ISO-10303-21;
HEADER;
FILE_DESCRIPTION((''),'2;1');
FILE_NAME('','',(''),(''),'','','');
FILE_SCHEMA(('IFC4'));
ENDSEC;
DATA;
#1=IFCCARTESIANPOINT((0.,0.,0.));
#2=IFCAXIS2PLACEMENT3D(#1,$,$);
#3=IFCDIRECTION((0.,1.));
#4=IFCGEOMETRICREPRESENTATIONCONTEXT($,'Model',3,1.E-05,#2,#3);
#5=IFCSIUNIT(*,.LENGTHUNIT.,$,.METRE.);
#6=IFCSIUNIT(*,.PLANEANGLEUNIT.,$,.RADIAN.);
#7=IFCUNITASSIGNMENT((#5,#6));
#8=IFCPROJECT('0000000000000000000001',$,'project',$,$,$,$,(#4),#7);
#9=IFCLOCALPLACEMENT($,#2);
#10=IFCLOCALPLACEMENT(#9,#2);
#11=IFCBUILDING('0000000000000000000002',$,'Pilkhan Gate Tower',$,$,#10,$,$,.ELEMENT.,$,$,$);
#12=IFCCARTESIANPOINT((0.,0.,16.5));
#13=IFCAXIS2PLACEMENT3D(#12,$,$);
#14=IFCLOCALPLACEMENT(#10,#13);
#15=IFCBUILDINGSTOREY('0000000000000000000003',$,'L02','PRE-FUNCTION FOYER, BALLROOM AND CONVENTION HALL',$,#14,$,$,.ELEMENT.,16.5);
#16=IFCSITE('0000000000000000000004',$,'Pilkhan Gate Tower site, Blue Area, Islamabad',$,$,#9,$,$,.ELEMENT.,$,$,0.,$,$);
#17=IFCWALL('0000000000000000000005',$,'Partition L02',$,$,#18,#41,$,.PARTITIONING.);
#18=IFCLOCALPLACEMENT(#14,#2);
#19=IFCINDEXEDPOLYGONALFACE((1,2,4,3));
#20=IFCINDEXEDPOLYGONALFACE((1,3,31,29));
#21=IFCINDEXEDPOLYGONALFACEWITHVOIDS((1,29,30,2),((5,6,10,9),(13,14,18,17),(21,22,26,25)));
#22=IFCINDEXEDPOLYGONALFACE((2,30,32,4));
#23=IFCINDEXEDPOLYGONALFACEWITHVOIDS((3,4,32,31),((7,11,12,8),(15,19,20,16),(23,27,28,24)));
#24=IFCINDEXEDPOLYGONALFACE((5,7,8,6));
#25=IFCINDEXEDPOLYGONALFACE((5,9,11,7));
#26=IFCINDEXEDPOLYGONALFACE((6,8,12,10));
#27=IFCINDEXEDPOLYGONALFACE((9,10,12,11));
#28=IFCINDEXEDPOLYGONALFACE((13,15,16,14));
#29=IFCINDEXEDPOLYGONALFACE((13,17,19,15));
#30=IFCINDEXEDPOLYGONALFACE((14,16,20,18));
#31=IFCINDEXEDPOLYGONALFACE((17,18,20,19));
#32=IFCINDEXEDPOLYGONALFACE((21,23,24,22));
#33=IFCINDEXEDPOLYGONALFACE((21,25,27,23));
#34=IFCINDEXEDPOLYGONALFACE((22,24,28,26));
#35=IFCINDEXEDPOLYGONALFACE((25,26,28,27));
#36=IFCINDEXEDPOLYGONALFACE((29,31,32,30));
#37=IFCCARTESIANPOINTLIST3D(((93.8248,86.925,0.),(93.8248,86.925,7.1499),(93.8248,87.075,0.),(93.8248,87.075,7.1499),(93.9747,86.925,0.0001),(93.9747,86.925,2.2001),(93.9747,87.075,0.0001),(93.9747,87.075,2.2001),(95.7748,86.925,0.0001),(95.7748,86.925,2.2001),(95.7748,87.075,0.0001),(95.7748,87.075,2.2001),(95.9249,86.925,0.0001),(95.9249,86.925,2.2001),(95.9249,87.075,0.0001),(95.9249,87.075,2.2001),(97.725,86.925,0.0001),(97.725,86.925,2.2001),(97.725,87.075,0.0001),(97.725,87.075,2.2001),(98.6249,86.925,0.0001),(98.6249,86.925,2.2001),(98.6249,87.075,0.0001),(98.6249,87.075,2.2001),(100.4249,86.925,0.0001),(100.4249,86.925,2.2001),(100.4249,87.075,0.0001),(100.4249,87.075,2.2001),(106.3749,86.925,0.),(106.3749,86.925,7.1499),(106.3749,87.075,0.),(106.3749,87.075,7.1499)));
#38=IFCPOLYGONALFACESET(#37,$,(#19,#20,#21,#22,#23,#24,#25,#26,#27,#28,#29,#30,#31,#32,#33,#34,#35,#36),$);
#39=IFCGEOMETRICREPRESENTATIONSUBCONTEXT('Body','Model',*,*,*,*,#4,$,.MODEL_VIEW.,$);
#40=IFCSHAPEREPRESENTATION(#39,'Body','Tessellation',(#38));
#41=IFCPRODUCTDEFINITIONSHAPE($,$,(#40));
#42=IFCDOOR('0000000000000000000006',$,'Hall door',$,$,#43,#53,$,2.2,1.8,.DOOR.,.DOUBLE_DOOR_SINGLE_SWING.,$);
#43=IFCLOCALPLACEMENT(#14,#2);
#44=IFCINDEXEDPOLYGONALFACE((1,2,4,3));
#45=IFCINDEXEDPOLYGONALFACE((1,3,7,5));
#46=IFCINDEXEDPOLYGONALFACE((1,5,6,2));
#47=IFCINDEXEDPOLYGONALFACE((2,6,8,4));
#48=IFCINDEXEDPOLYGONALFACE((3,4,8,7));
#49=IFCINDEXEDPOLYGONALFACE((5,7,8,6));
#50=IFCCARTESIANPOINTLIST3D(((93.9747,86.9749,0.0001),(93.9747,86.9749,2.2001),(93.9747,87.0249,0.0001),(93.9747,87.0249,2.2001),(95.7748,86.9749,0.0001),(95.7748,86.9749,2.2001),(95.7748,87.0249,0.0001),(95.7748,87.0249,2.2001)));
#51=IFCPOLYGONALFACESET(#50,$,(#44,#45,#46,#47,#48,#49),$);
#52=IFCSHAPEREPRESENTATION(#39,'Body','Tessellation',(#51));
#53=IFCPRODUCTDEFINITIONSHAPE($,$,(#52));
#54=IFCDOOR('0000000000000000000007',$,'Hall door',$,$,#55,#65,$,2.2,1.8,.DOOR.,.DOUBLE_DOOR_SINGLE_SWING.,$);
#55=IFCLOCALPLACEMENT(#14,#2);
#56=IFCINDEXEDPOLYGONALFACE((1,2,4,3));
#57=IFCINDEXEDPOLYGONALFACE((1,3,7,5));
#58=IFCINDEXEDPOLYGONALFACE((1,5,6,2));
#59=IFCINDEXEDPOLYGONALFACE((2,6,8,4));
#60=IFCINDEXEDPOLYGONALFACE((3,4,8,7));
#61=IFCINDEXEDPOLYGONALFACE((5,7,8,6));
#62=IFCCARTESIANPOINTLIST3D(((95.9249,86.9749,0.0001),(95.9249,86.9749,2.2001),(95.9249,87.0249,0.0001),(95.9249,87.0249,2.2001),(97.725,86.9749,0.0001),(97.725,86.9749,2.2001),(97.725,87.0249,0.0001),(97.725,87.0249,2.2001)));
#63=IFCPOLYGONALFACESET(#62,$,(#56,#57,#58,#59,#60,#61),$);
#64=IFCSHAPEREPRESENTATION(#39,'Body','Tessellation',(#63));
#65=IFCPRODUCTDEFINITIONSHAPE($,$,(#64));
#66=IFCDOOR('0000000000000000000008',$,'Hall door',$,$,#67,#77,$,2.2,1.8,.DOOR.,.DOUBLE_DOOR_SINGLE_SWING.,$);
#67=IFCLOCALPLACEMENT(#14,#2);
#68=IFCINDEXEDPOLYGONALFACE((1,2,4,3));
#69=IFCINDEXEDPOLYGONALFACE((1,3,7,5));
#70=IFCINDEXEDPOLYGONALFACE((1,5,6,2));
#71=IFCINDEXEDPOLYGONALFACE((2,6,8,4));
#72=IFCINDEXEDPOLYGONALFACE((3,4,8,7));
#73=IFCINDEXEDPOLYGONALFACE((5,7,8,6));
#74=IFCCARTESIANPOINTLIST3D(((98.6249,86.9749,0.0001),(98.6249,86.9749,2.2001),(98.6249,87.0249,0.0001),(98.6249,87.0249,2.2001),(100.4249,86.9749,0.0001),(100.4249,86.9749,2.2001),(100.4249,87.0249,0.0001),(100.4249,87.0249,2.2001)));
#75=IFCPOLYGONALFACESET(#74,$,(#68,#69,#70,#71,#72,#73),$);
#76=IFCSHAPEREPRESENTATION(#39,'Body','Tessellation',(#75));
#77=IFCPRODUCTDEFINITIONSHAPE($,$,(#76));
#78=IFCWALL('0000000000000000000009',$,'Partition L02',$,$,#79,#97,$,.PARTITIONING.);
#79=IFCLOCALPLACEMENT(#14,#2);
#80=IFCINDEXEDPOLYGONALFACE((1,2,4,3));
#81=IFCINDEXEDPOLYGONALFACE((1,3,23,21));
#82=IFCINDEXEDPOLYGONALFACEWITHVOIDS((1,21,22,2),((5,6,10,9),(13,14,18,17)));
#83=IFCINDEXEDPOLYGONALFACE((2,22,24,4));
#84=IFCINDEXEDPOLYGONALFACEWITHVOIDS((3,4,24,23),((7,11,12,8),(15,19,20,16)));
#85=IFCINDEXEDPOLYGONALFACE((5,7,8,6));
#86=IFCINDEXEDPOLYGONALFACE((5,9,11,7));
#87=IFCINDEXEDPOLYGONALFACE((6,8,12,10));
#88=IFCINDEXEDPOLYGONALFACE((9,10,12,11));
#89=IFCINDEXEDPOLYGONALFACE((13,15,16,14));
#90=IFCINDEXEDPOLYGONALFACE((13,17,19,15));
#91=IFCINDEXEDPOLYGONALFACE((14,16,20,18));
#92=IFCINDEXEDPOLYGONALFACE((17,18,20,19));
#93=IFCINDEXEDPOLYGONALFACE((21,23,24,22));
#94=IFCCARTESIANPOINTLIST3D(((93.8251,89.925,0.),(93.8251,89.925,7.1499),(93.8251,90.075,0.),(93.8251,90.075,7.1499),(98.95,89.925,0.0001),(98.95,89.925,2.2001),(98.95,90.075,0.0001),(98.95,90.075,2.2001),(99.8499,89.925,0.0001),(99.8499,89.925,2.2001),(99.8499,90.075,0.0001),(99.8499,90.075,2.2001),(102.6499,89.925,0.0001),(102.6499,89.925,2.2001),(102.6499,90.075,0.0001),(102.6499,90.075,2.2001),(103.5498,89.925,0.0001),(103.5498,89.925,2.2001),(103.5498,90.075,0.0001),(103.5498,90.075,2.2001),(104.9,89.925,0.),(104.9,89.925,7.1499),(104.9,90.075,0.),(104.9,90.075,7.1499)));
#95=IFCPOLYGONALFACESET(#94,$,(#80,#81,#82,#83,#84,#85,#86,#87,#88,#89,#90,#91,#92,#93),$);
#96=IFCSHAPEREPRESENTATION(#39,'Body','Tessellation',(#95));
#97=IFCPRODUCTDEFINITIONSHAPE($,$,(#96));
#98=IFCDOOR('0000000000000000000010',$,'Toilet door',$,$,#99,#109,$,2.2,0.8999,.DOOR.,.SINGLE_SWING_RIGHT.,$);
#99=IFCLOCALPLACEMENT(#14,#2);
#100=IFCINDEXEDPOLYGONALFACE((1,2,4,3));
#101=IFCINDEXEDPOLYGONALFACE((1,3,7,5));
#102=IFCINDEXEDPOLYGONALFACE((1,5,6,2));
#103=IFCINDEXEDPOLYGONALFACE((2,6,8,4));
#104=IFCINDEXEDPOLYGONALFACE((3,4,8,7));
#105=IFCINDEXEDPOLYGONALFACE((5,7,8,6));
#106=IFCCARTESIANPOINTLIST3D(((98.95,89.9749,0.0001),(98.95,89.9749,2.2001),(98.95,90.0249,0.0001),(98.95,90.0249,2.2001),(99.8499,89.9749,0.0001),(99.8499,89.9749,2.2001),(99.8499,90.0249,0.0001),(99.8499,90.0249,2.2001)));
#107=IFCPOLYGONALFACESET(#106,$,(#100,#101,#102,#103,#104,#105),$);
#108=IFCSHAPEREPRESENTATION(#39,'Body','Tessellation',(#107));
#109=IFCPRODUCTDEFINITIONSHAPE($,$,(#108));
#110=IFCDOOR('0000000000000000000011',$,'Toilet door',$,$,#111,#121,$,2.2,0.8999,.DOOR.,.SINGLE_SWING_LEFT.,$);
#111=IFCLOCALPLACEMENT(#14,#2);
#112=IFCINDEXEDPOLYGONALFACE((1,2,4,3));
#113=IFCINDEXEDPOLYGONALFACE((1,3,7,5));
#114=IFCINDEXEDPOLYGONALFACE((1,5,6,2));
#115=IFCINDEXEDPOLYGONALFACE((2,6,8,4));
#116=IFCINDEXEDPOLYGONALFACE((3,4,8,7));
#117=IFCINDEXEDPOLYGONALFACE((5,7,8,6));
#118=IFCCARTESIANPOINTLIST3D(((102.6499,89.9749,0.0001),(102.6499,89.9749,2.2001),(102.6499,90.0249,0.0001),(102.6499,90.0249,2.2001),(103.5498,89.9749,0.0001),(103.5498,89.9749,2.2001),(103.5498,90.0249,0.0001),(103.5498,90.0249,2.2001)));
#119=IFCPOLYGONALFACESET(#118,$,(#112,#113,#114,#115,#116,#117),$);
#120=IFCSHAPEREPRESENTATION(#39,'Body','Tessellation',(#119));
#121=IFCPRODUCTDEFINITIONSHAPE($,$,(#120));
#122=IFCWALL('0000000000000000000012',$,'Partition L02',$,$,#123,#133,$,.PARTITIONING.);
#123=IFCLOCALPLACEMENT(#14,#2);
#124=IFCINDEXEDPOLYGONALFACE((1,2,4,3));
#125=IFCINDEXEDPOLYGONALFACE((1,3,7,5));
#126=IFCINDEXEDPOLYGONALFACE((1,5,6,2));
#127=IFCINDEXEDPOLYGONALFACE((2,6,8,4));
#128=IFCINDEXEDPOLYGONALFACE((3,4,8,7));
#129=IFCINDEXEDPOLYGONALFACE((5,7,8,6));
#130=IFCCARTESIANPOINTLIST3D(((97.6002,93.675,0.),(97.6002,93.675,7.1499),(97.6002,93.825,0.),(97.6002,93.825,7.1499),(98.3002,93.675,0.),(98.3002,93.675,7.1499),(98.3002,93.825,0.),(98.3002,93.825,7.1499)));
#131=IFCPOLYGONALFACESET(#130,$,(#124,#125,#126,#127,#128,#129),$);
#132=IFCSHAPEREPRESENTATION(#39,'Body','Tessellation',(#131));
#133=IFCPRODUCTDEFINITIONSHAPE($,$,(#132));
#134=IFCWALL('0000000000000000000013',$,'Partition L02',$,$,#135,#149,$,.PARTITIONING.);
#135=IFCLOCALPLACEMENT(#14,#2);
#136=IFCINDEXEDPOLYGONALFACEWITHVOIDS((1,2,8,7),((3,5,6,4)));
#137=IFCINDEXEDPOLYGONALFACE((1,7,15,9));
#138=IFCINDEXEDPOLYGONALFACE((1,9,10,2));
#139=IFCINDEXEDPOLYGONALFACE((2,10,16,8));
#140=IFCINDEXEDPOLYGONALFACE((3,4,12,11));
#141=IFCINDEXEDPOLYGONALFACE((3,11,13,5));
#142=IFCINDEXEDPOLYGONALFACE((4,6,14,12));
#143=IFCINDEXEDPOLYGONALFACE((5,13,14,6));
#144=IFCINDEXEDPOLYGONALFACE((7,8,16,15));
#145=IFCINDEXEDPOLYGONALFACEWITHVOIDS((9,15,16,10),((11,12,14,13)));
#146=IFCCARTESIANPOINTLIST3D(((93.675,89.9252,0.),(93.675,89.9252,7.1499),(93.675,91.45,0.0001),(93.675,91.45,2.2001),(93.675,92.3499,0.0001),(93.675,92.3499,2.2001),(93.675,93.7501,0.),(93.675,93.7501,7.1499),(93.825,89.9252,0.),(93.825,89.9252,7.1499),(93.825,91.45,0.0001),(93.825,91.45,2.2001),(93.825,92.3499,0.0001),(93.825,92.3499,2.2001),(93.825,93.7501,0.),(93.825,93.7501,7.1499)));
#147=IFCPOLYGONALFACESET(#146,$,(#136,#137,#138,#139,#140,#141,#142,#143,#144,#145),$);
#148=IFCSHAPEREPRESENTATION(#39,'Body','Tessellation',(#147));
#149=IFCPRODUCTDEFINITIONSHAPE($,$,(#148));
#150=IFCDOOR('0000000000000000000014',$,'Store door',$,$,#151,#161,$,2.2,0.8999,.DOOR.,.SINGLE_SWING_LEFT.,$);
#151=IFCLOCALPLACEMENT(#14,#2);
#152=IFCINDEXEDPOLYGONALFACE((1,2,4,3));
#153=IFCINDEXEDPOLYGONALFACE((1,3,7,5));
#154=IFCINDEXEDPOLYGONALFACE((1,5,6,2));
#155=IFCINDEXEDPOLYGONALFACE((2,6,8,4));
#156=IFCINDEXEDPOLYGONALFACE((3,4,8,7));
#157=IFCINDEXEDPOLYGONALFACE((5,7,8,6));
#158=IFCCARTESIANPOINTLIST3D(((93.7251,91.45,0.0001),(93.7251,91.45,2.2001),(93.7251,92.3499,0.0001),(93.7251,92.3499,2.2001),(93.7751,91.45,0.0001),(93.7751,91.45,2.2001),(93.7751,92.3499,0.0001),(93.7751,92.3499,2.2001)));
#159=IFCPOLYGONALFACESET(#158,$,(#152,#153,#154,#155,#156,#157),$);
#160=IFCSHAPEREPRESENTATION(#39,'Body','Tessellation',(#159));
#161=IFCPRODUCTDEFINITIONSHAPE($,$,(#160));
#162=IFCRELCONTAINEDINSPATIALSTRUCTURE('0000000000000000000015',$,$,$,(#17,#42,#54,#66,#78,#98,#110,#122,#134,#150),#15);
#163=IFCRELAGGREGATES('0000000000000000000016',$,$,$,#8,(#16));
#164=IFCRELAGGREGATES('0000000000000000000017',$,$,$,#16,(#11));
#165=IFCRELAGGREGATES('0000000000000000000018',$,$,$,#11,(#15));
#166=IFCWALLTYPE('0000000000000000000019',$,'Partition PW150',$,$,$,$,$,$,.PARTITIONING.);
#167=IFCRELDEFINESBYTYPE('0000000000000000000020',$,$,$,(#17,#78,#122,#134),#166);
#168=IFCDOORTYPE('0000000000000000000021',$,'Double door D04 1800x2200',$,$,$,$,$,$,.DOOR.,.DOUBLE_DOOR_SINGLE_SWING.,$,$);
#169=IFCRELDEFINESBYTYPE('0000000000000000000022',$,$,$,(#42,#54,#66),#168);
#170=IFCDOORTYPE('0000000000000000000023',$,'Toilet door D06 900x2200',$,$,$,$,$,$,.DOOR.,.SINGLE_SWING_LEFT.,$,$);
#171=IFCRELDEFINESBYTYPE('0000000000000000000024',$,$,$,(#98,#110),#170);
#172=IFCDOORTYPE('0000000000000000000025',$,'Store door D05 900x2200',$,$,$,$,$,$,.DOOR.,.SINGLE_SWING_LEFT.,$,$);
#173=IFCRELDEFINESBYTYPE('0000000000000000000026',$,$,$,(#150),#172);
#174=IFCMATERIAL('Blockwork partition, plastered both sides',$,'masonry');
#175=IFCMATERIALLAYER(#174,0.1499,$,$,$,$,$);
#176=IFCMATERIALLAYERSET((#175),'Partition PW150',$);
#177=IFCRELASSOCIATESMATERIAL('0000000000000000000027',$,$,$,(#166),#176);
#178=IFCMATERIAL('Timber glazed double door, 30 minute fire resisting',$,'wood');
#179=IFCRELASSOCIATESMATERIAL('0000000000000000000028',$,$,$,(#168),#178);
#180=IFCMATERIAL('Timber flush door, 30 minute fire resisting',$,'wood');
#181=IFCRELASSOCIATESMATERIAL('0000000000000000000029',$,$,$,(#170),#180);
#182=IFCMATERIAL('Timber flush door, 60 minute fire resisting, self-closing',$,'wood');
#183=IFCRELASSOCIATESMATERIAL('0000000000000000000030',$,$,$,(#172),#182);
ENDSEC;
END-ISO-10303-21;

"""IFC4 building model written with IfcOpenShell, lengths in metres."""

from ifc_helpers import new_model, si_unit, direction, frame, frame_2d, origin, place, context, subcontext, project, spatial, rectangle, extrude, material, layer, layer_set, type_object, element, fill, save


model = new_model("IFC4")

# Units and contexts
model_context = context("Model", 3, precision=1e-05, world=origin(), true_north=direction((0.0, 1.0)))
body_context = subcontext(model_context, "Body", "Model", "MODEL_VIEW")
ifc_project = project(units=[si_unit("LENGTHUNIT", "METRE"), si_unit("PLANEANGLEUNIT", "RADIAN")], contexts=[model_context])

# Site, building, storey
site_placement = place(None, origin())
site = spatial("IfcSite", under=ifc_project, at=site_placement, Name="Pilkhan Gate Tower site, Blue Area, Islamabad", CompositionType="ELEMENT", RefElevation=0.0)
building_placement = place(site_placement, origin())
building = spatial("IfcBuilding", under=site, at=building_placement, Name="Pilkhan Gate Tower", CompositionType="ELEMENT")
storey_placement = place(building_placement, frame((0.0, 0.0, 16.5)))
storey = spatial("IfcBuildingStorey", under=building, at=storey_placement, Name="L02", Description="PRE-FUNCTION FOYER, BALLROOM AND CONVENTION HALL", CompositionType="ELEMENT", Elevation=16.5)

# Shared definitions
ifc_material_1 = material(Name="Blockwork partition, plastered both sides", Category="masonry")
ifc_layer_1 = layer(ifc_material_1, 0.1499)
ifc_layer_set_1 = layer_set([ifc_layer_1], Name="Partition PW150")
wall_type_1 = type_object("IfcWallType", Name="Partition PW150", PredefinedType="PARTITIONING", material=ifc_layer_set_1)

# Walls, openings, doors
wall_1_placement = place(storey_placement, frame((93.825, 87.0, 0.0), z_axis=(0.0, 0.0, 1.0), x_axis=(1.0, 0.0, 0.0)))
wall_1 = element("IfcWall", 1, at=wall_1_placement, inside=storey, type_object=wall_type_1, Name="Partition L02", PredefinedType="PARTITIONING", context=body_context, shape_type="SweptSolid", body=[
    extrude(rectangle(XDim=12.55, YDim=0.1499, at=frame_2d((6.2749, 0.0))), origin(), (0.0, 0.0, 1.0), 7.1499),
])
opening_1_placement = place(wall_1_placement, frame((0.1499, 0.0, 0.0)))
opening_1 = element("IfcOpeningElement", 2, at=opening_1_placement, cuts=wall_1, PredefinedType="OPENING", context=body_context, shape_type="SweptSolid", body=[
    extrude(rectangle(XDim=1.8, YDim=2.2, at=frame_2d((0.8999, 1.1001))), frame((0.0, 0.085, 0.0), z_axis=(0.0, -1.0, 0.0), x_axis=(1.0, 0.0, 0.0)), (0.0, 0.0, 1.0), 0.1699),
])
opening_2_placement = place(wall_1_placement, frame((2.1001, 0.0, 0.0)))
opening_2 = element("IfcOpeningElement", 3, at=opening_2_placement, cuts=wall_1, PredefinedType="OPENING", context=body_context, shape_type="SweptSolid", body=[
    extrude(rectangle(XDim=1.8, YDim=2.2, at=frame_2d((0.8999, 1.1001))), frame((0.0, 0.085, 0.0), z_axis=(0.0, -1.0, 0.0), x_axis=(1.0, 0.0, 0.0)), (0.0, 0.0, 1.0), 0.1699),
])
opening_3_placement = place(wall_1_placement, frame((4.8, 0.0, 0.0)))
opening_3 = element("IfcOpeningElement", 4, at=opening_3_placement, cuts=wall_1, PredefinedType="OPENING", context=body_context, shape_type="SweptSolid", body=[
    extrude(rectangle(XDim=1.8, YDim=2.2, at=frame_2d((0.8999, 1.1001))), frame((0.0, 0.085, 0.0), z_axis=(0.0, -1.0, 0.0), x_axis=(1.0, 0.0, 0.0)), (0.0, 0.0, 1.0), 0.1699),
])
ifc_material_2 = material(Name="Timber glazed double door, 30 minute fire resisting", Category="wood")
door_type_1 = type_object("IfcDoorType", Name="Double door D04 1800x2200", OperationType="DOUBLE_DOOR_SINGLE_SWING", PredefinedType="DOOR", material=ifc_material_2)
door_1_placement = place(opening_1_placement, origin())
door_1 = element("IfcDoor", 5, at=door_1_placement, inside=storey, type_object=door_type_1, Name="Hall door", OperationType="DOUBLE_DOOR_SINGLE_SWING", OverallHeight=2.2, OverallWidth=1.8, PredefinedType="DOOR", context=body_context, shape_type="SweptSolid", body=[
    extrude(rectangle(XDim=1.8, YDim=2.2, at=frame_2d((0.8999, 1.1001))), frame((0.0, 0.0249, 0.0), z_axis=(0.0, -1.0, 0.0), x_axis=(1.0, 0.0, 0.0)), (0.0, 0.0, 1.0), 0.05),
])
fill(opening_1, door_1)
door_2_placement = place(opening_2_placement, origin())
door_2 = element("IfcDoor", 6, at=door_2_placement, inside=storey, type_object=door_type_1, Name="Hall door", OperationType="DOUBLE_DOOR_SINGLE_SWING", OverallHeight=2.2, OverallWidth=1.8, PredefinedType="DOOR", context=body_context, shape_type="SweptSolid", body=[
    extrude(rectangle(XDim=1.8, YDim=2.2, at=frame_2d((0.8999, 1.1001))), frame((0.0, 0.0249, 0.0), z_axis=(0.0, -1.0, 0.0), x_axis=(1.0, 0.0, 0.0)), (0.0, 0.0, 1.0), 0.05),
])
fill(opening_2, door_2)
door_3_placement = place(opening_3_placement, origin())
door_3 = element("IfcDoor", 7, at=door_3_placement, inside=storey, type_object=door_type_1, Name="Hall door", OperationType="DOUBLE_DOOR_SINGLE_SWING", OverallHeight=2.2, OverallWidth=1.8, PredefinedType="DOOR", context=body_context, shape_type="SweptSolid", body=[
    extrude(rectangle(XDim=1.8, YDim=2.2, at=frame_2d((0.8999, 1.1001))), frame((0.0, 0.0249, 0.0), z_axis=(0.0, -1.0, 0.0), x_axis=(1.0, 0.0, 0.0)), (0.0, 0.0, 1.0), 0.05),
])
fill(opening_3, door_3)
wall_2_placement = place(storey_placement, frame((93.825, 90.0, 0.0), z_axis=(0.0, 0.0, 1.0), x_axis=(1.0, 0.0, 0.0)))
wall_2 = element("IfcWall", 8, at=wall_2_placement, inside=storey, type_object=wall_type_1, Name="Partition L02", PredefinedType="PARTITIONING", context=body_context, shape_type="SweptSolid", body=[
    extrude(rectangle(XDim=11.075, YDim=0.1499, at=frame_2d((5.5376, 0.0))), origin(), (0.0, 0.0, 1.0), 7.1499),
])
opening_4_placement = place(wall_2_placement, frame((5.125, 0.0, 0.0)))
opening_4 = element("IfcOpeningElement", 9, at=opening_4_placement, cuts=wall_2, PredefinedType="OPENING", context=body_context, shape_type="SweptSolid", body=[
    extrude(rectangle(XDim=0.8999, YDim=2.2, at=frame_2d((0.45, 1.1001))), frame((0.0, 0.085, 0.0), z_axis=(0.0, -1.0, 0.0), x_axis=(1.0, 0.0, 0.0)), (0.0, 0.0, 1.0), 0.1699),
])
opening_5_placement = place(wall_2_placement, frame((8.825, 0.0, 0.0)))
opening_5 = element("IfcOpeningElement", 10, at=opening_5_placement, cuts=wall_2, PredefinedType="OPENING", context=body_context, shape_type="SweptSolid", body=[
    extrude(rectangle(XDim=0.8999, YDim=2.2, at=frame_2d((0.45, 1.1001))), frame((0.0, 0.085, 0.0), z_axis=(0.0, -1.0, 0.0), x_axis=(1.0, 0.0, 0.0)), (0.0, 0.0, 1.0), 0.1699),
])
ifc_material_3 = material(Name="Timber flush door, 30 minute fire resisting", Category="wood")
door_type_2 = type_object("IfcDoorType", Name="Toilet door D06 900x2200", OperationType="SINGLE_SWING_LEFT", PredefinedType="DOOR", material=ifc_material_3)
door_4_placement = place(opening_4_placement, origin())
door_4 = element("IfcDoor", 11, at=door_4_placement, inside=storey, type_object=door_type_2, Name="Toilet door", OperationType="SINGLE_SWING_RIGHT", OverallHeight=2.2, OverallWidth=0.8999, PredefinedType="DOOR", context=body_context, shape_type="SweptSolid", body=[
    extrude(rectangle(XDim=0.8999, YDim=2.2, at=frame_2d((0.45, 1.1001))), frame((0.0, 0.0249, 0.0), z_axis=(0.0, -1.0, 0.0), x_axis=(1.0, 0.0, 0.0)), (0.0, 0.0, 1.0), 0.05),
])
fill(opening_4, door_4)
door_5_placement = place(opening_5_placement, origin())
door_5 = element("IfcDoor", 12, at=door_5_placement, inside=storey, type_object=door_type_2, Name="Toilet door", OperationType="SINGLE_SWING_LEFT", OverallHeight=2.2, OverallWidth=0.8999, PredefinedType="DOOR", context=body_context, shape_type="SweptSolid", body=[
    extrude(rectangle(XDim=0.8999, YDim=2.2, at=frame_2d((0.45, 1.1001))), frame((0.0, 0.0249, 0.0), z_axis=(0.0, -1.0, 0.0), x_axis=(1.0, 0.0, 0.0)), (0.0, 0.0, 1.0), 0.05),
])
fill(opening_5, door_5)

# Wall
wall_3_placement = place(storey_placement, frame((97.6001, 93.75, 0.0), z_axis=(0.0, 0.0, 1.0), x_axis=(1.0, 0.0, 0.0)))
element("IfcWall", 13, at=wall_3_placement, inside=storey, type_object=wall_type_1, Name="Partition L02", PredefinedType="PARTITIONING", context=body_context, shape_type="SweptSolid", body=[
    extrude(rectangle(XDim=0.7, YDim=0.1499, at=frame_2d((0.3501, 0.0))), origin(), (0.0, 0.0, 1.0), 7.1499),
])

# Wall, opening, door
wall_4_placement = place(storey_placement, frame((93.75, 89.925, 0.0), z_axis=(0.0, 0.0, 1.0), x_axis=(0.0, 1.0, 0.0)))
wall_4 = element("IfcWall", 14, at=wall_4_placement, inside=storey, type_object=wall_type_1, Name="Partition L02", PredefinedType="PARTITIONING", context=body_context, shape_type="SweptSolid", body=[
    extrude(rectangle(XDim=3.825, YDim=0.1499, at=frame_2d((1.9126, 0.0))), origin(), (0.0, 0.0, 1.0), 7.1499),
])
opening_6_placement = place(wall_4_placement, frame((1.5249, 0.0, 0.0)))
opening_6 = element("IfcOpeningElement", 15, at=opening_6_placement, cuts=wall_4, PredefinedType="OPENING", context=body_context, shape_type="SweptSolid", body=[
    extrude(rectangle(XDim=0.8999, YDim=2.2, at=frame_2d((0.45, 1.1001))), frame((0.0, 0.085, 0.0), z_axis=(0.0, -1.0, 0.0), x_axis=(1.0, 0.0, 0.0)), (0.0, 0.0, 1.0), 0.1699),
])
ifc_material_4 = material(Name="Timber flush door, 60 minute fire resisting, self-closing", Category="wood")
door_type_3 = type_object("IfcDoorType", Name="Store door D05 900x2200", OperationType="SINGLE_SWING_LEFT", PredefinedType="DOOR", material=ifc_material_4)
door_6_placement = place(opening_6_placement, origin())
door_6 = element("IfcDoor", 16, at=door_6_placement, inside=storey, type_object=door_type_3, Name="Store door", OperationType="SINGLE_SWING_LEFT", OverallHeight=2.2, OverallWidth=0.8999, PredefinedType="DOOR", context=body_context, shape_type="SweptSolid", body=[
    extrude(rectangle(XDim=0.8999, YDim=2.2, at=frame_2d((0.45, 1.1001))), frame((0.0, 0.0249, 0.0), z_axis=(0.0, -1.0, 0.0), x_axis=(1.0, 0.0, 0.0)), (0.0, 0.0, 1.0), 0.05),
])
fill(opening_6, door_6)

save(model, "model.ifc")
